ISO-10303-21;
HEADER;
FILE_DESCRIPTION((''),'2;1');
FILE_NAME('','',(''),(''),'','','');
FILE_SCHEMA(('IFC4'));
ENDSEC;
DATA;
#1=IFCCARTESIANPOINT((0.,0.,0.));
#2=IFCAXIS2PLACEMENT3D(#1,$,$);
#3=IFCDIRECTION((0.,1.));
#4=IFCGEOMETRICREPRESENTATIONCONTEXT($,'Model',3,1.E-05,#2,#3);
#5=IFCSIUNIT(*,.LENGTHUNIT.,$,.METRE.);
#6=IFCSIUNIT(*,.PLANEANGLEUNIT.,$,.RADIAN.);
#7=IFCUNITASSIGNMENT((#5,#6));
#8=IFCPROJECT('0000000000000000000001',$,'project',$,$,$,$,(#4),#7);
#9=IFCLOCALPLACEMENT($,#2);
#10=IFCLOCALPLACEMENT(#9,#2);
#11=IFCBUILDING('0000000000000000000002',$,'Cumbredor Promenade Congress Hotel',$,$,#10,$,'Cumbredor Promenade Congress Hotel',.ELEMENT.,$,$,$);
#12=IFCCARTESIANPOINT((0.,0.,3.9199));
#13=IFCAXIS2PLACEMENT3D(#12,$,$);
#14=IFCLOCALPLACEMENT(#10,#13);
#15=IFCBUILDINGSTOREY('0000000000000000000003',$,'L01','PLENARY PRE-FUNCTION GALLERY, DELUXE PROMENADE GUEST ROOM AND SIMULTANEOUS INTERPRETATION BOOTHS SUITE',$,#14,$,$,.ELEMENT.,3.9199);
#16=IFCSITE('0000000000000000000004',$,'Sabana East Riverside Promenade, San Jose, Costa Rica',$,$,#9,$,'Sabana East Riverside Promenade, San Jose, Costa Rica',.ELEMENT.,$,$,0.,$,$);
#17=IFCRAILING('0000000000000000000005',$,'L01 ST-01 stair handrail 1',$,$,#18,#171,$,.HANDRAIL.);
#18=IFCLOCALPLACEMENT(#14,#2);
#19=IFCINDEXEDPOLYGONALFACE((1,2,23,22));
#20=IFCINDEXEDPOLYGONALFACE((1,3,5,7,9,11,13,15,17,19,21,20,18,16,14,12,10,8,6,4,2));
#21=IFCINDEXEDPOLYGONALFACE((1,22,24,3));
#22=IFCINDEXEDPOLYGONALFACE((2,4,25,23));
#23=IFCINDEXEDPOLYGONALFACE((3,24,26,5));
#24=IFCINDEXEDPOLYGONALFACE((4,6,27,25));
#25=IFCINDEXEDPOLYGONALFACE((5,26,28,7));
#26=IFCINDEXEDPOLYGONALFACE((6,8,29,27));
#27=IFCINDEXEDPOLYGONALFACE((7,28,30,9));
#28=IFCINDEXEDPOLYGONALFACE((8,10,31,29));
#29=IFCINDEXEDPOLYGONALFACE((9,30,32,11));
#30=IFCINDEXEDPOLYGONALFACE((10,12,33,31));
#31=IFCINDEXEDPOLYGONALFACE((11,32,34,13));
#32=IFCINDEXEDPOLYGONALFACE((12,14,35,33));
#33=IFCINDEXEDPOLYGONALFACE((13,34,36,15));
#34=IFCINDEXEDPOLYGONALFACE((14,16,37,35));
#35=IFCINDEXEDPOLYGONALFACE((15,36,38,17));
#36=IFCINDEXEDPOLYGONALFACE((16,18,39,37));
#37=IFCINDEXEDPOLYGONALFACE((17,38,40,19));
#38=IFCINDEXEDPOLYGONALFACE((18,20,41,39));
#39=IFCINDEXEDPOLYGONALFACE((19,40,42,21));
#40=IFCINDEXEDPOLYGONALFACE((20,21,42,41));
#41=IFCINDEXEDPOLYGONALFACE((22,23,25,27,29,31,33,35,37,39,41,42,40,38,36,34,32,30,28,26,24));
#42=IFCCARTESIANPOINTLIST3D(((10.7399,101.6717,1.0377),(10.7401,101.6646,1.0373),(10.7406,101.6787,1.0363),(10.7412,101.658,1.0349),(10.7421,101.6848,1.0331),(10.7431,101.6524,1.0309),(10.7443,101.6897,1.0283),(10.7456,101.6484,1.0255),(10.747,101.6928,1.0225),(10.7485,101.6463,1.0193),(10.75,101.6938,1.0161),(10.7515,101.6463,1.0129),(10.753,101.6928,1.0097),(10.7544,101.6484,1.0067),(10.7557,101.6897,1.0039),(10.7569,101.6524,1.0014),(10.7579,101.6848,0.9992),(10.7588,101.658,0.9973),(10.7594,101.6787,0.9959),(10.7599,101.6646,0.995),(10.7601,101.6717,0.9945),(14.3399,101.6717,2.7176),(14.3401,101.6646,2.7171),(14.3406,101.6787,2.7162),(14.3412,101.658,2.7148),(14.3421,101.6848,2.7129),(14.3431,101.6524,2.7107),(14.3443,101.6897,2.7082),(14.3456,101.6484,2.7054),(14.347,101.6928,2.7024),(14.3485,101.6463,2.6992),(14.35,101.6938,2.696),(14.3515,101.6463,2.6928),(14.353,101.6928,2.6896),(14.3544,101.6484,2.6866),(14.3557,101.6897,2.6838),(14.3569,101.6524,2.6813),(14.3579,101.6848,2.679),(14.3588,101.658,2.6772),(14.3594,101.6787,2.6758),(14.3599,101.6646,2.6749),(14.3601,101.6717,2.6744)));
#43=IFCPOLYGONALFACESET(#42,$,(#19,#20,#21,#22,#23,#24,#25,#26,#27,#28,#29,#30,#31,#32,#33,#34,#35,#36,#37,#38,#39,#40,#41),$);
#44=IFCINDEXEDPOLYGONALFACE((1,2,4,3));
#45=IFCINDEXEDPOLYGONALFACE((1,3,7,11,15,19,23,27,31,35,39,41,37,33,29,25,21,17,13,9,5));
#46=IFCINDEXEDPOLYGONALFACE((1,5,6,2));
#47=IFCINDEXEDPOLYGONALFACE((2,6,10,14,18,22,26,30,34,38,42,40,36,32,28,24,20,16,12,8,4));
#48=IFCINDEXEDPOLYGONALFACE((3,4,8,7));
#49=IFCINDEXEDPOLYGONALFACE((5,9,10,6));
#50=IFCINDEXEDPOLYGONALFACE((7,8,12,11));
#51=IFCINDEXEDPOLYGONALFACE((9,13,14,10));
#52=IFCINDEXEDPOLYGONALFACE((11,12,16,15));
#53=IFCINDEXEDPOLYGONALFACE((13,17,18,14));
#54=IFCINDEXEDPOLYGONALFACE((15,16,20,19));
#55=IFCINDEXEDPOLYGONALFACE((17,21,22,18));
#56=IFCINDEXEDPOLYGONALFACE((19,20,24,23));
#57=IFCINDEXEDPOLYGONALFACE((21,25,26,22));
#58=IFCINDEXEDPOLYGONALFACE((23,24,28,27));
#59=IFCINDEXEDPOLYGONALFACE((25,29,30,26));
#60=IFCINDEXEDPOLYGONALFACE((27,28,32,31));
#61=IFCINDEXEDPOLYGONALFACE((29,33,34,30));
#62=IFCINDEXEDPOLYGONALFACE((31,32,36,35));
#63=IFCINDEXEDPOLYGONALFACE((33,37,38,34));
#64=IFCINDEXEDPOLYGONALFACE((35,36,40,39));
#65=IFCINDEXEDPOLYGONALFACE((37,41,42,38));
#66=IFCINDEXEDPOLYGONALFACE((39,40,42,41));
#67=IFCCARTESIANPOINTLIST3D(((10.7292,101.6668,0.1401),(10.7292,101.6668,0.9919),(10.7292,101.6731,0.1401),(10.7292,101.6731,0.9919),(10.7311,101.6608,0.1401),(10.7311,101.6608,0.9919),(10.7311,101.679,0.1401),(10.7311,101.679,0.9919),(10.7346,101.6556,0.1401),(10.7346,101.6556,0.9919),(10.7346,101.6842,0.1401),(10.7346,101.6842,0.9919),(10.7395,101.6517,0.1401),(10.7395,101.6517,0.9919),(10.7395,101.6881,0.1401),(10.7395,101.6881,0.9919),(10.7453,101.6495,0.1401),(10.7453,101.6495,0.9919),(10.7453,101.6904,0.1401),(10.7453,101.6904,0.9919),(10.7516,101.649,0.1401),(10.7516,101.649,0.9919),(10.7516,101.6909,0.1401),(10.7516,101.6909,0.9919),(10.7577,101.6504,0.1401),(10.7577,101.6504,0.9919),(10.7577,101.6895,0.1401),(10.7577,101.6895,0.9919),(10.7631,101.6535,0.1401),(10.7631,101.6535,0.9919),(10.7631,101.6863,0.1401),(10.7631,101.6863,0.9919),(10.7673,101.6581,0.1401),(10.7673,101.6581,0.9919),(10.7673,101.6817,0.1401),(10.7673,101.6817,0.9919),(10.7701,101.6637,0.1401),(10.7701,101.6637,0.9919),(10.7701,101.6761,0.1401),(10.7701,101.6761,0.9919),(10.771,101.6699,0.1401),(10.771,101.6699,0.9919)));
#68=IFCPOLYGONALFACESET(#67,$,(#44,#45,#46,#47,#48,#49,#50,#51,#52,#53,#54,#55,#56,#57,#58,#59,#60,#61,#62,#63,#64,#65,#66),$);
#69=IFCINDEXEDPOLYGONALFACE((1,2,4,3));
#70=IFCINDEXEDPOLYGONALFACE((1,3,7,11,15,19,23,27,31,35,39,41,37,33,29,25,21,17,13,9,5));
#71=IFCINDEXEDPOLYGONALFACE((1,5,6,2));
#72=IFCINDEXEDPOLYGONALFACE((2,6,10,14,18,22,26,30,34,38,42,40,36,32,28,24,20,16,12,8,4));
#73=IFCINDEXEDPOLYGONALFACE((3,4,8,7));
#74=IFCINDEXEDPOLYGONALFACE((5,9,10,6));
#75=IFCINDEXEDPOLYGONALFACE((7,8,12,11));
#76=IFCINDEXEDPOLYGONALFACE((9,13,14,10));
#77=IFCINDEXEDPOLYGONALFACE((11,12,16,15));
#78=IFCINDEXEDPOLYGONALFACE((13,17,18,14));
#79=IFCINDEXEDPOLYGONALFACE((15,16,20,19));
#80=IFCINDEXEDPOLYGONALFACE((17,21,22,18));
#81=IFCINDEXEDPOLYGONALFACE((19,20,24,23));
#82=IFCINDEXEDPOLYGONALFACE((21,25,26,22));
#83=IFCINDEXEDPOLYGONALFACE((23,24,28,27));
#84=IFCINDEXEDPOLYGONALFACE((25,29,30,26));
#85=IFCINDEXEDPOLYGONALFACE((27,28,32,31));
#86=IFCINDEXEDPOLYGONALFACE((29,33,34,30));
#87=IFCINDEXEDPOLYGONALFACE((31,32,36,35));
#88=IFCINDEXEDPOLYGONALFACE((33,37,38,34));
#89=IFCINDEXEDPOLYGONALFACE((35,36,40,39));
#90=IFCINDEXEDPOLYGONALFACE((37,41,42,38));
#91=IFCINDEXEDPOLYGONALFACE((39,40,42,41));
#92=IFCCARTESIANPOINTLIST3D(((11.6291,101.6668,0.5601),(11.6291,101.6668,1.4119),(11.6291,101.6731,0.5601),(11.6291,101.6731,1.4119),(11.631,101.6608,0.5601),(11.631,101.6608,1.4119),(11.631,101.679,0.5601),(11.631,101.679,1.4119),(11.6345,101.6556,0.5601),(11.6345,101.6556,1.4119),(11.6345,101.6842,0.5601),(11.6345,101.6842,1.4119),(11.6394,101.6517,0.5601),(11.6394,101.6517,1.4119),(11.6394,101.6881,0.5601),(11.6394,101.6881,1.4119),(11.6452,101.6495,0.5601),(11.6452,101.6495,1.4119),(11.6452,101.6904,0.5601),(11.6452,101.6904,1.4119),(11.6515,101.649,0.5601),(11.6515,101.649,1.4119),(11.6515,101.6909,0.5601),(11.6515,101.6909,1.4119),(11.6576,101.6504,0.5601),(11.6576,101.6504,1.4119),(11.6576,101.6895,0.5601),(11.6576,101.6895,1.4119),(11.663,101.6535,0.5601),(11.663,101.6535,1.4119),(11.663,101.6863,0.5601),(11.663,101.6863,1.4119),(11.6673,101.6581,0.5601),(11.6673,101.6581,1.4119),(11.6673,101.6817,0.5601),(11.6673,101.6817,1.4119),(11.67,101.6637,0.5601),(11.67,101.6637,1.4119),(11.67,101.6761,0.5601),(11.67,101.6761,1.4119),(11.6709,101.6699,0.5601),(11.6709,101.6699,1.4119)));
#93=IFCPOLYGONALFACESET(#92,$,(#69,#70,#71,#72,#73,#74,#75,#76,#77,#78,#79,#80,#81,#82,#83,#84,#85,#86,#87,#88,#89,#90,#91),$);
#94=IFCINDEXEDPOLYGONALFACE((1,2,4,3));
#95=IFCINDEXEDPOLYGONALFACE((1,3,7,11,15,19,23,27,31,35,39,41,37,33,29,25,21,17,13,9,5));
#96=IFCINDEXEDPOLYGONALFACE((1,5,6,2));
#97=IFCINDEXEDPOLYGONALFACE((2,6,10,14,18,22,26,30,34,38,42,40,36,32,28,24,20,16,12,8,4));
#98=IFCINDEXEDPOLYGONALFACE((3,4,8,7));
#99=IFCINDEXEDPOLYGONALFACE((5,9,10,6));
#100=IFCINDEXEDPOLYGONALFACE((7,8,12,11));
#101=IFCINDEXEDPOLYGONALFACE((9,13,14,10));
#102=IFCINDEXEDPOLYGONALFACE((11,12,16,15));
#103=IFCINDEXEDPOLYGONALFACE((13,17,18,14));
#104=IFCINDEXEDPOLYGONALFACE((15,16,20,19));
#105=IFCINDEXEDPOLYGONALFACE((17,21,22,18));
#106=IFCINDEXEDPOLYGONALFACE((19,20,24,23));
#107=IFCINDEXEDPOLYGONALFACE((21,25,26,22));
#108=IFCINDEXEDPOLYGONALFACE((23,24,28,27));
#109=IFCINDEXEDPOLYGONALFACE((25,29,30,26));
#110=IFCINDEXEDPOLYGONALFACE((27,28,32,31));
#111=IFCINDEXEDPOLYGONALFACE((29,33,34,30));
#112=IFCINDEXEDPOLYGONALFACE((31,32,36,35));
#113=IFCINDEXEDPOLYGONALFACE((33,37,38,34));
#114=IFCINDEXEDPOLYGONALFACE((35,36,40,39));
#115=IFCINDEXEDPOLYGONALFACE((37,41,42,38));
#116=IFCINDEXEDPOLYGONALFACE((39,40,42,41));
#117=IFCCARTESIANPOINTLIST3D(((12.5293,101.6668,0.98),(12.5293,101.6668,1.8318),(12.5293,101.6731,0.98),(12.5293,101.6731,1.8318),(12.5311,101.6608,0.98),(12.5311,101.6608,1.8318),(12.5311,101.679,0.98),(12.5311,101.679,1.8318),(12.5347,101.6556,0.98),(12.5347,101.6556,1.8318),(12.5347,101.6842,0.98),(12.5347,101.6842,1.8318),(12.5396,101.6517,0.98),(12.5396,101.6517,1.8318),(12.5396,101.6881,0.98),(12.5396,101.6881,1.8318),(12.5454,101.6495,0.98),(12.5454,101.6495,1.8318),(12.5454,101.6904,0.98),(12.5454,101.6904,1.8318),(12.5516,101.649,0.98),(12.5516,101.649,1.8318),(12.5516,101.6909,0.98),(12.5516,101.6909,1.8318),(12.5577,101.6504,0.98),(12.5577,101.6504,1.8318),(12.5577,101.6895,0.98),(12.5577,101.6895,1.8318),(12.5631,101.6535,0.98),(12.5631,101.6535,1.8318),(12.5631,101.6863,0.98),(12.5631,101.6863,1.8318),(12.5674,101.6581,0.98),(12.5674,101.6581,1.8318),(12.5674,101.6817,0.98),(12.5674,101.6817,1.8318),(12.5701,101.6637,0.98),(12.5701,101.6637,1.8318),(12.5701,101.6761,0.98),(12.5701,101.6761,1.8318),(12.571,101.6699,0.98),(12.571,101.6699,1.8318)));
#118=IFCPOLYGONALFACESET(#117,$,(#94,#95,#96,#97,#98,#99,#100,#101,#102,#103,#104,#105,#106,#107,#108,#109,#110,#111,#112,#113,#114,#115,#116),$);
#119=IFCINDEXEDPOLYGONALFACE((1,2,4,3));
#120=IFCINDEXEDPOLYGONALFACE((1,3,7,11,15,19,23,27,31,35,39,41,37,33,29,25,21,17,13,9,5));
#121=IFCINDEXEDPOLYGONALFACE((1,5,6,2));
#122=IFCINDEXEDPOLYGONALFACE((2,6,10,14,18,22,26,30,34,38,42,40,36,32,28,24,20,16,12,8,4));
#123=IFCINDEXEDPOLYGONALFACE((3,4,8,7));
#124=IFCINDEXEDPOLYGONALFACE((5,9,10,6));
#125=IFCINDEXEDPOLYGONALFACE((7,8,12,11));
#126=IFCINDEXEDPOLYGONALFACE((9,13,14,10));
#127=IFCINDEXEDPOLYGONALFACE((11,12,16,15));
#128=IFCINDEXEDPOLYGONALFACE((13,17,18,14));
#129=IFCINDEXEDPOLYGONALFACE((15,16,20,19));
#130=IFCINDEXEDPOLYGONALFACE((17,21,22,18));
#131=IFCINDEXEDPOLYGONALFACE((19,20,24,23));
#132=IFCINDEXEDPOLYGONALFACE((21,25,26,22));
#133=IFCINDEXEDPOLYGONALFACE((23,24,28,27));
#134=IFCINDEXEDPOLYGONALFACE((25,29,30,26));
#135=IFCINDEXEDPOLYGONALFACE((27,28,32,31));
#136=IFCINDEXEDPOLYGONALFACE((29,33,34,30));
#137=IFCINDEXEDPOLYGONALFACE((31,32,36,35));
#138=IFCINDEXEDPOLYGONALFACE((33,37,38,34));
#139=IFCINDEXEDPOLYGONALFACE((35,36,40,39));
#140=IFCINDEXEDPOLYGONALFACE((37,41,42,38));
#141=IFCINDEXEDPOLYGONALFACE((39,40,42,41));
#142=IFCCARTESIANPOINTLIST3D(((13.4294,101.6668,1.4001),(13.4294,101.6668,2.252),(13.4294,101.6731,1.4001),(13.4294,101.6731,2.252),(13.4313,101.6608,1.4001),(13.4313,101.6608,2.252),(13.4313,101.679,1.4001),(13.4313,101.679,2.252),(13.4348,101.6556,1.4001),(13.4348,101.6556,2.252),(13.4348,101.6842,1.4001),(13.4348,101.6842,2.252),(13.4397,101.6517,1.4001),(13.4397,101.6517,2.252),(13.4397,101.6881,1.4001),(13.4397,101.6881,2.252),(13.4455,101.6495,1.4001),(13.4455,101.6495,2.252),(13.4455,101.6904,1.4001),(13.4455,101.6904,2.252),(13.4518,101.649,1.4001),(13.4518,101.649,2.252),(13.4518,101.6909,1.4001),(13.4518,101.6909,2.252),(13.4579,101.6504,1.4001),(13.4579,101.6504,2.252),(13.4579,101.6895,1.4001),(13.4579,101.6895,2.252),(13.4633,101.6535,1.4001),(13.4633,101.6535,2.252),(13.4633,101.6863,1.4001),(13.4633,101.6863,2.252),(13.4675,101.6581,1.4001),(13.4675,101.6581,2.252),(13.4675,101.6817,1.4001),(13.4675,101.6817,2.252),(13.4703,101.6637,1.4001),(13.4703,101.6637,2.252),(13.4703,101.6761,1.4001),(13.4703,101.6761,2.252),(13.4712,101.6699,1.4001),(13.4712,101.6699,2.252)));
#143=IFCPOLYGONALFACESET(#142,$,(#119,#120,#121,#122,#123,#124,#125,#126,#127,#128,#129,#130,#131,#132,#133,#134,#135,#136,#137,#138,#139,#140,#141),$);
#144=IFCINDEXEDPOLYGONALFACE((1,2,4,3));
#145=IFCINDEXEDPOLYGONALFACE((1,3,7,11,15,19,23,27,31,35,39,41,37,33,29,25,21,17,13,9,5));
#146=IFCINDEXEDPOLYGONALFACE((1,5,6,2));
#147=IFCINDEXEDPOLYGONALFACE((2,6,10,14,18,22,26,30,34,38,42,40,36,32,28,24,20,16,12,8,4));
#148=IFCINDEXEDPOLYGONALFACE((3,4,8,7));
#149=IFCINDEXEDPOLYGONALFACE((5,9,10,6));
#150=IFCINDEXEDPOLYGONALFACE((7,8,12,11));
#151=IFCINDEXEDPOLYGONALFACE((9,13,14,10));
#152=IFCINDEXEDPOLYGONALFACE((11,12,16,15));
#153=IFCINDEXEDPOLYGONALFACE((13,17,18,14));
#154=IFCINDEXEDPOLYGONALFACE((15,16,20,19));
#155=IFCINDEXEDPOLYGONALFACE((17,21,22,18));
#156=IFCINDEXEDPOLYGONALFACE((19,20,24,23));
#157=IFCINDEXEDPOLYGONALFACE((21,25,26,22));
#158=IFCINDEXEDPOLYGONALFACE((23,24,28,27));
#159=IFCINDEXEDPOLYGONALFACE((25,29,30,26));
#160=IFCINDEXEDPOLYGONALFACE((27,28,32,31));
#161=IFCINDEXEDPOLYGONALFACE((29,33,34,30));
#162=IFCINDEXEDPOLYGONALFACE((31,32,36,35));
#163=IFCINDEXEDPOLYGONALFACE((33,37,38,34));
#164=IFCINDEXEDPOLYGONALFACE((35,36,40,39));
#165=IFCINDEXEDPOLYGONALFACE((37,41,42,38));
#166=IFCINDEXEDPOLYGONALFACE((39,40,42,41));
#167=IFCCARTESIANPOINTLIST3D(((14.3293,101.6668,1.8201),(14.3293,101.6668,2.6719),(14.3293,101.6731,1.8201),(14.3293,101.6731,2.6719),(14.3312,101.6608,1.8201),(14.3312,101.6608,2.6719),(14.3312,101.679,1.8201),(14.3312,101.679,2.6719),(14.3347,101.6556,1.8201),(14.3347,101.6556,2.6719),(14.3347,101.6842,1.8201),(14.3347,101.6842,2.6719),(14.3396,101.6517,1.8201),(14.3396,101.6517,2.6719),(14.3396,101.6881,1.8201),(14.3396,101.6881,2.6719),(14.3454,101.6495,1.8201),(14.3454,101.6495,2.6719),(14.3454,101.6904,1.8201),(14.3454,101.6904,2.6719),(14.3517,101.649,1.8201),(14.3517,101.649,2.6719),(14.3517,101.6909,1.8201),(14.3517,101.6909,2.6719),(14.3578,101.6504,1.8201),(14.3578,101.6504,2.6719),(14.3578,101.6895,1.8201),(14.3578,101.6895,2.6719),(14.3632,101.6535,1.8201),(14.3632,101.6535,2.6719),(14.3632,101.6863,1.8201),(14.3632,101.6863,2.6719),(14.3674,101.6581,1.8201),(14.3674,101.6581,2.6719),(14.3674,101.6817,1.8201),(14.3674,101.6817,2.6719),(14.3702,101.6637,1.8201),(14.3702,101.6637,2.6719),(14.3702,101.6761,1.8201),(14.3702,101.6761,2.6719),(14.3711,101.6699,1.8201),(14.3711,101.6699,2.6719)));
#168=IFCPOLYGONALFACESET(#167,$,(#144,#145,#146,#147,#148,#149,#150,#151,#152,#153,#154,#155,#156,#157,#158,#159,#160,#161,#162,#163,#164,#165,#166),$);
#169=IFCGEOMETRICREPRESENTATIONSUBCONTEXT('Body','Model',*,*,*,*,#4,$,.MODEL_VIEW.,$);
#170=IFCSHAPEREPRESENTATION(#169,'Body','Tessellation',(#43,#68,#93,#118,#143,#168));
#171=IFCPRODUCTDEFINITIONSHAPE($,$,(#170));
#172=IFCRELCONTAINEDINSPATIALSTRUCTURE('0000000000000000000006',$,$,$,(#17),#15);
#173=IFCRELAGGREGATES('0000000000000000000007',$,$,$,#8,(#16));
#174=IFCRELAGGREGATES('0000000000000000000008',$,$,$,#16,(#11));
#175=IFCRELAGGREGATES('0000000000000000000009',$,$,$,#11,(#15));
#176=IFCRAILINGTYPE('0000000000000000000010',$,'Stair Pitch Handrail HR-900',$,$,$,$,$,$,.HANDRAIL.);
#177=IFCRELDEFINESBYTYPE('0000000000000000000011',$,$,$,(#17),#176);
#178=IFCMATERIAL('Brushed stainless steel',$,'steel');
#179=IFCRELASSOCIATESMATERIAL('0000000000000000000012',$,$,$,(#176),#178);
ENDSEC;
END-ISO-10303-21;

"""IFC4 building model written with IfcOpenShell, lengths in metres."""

from ifc_helpers import new_model, si_unit, direction, frame, origin, origin_2d, place, context, subcontext, project, spatial, circle, extrude, material, type_object, element, save


model = new_model("IFC4")

# Units and contexts
model_context = context("Model", 3, precision=1e-05, world=origin(), true_north=direction((0.0, 1.0)))
body_context = subcontext(model_context, "Body", "Model", "MODEL_VIEW")
ifc_project = project(units=[si_unit("LENGTHUNIT", "METRE"), si_unit("PLANEANGLEUNIT", "RADIAN")], contexts=[model_context])

# Site, building, storey
site_placement = place(None, origin())
site = spatial("IfcSite", under=ifc_project, at=site_placement, Name="Sabana East Riverside Promenade, San Jose, Costa Rica", LongName="Sabana East Riverside Promenade, San Jose, Costa Rica", CompositionType="ELEMENT", RefElevation=0.0)
building_placement = place(site_placement, origin())
building = spatial("IfcBuilding", under=site, at=building_placement, Name="Cumbredor Promenade Congress Hotel", LongName="Cumbredor Promenade Congress Hotel", CompositionType="ELEMENT")
storey_placement = place(building_placement, frame((0.0, 0.0, 3.9199)))
storey = spatial("IfcBuildingStorey", under=building, at=storey_placement, Name="L01", Description="PLENARY PRE-FUNCTION GALLERY, DELUXE PROMENADE GUEST ROOM AND SIMULTANEOUS INTERPRETATION BOOTHS SUITE", CompositionType="ELEMENT", Elevation=3.9199)

# Railing
ifc_material_1 = material(Name="Brushed stainless steel", Category="steel")
railing_type_1 = type_object("IfcRailingType", Name="Stair Pitch Handrail HR-900", PredefinedType="HANDRAIL", material=ifc_material_1)
railing_1_placement = place(storey_placement, frame((10.75, 101.6699, 0.1401)))
element("IfcRailing", 1, at=railing_1_placement, inside=storey, type_object=railing_type_1, Name="L01 ST-01 stair handrail 1", PredefinedType="HANDRAIL", context=body_context, shape_type="SweptSolid", body=[
    extrude(circle(Radius=0.0239, at=origin_2d()), frame((0.0, 0.0, 0.876), z_axis=(0.906194, 0.0, 0.422862), x_axis=(0.0, 1.0, 0.0)), (0.0, 0.0, 1.0), 3.9727),
    extrude(circle(Radius=0.021, at=origin_2d()), origin(), (0.0, 0.0, 1.0), 0.8518),
    extrude(circle(Radius=0.021, at=origin_2d()), frame((0.8999, 0.0, 0.4199)), (0.0, 0.0, 1.0), 0.8518),
    extrude(circle(Radius=0.021, at=origin_2d()), frame((1.8, 0.0, 0.8398)), (0.0, 0.0, 1.0), 0.8518),
    extrude(circle(Radius=0.021, at=origin_2d()), frame((2.7002, 0.0, 1.26)), (0.0, 0.0, 1.0), 0.8518),
    extrude(circle(Radius=0.021, at=origin_2d()), frame((3.6001, 0.0, 1.6799)), (0.0, 0.0, 1.0), 0.8518),
])

save(model, "model.ifc")
